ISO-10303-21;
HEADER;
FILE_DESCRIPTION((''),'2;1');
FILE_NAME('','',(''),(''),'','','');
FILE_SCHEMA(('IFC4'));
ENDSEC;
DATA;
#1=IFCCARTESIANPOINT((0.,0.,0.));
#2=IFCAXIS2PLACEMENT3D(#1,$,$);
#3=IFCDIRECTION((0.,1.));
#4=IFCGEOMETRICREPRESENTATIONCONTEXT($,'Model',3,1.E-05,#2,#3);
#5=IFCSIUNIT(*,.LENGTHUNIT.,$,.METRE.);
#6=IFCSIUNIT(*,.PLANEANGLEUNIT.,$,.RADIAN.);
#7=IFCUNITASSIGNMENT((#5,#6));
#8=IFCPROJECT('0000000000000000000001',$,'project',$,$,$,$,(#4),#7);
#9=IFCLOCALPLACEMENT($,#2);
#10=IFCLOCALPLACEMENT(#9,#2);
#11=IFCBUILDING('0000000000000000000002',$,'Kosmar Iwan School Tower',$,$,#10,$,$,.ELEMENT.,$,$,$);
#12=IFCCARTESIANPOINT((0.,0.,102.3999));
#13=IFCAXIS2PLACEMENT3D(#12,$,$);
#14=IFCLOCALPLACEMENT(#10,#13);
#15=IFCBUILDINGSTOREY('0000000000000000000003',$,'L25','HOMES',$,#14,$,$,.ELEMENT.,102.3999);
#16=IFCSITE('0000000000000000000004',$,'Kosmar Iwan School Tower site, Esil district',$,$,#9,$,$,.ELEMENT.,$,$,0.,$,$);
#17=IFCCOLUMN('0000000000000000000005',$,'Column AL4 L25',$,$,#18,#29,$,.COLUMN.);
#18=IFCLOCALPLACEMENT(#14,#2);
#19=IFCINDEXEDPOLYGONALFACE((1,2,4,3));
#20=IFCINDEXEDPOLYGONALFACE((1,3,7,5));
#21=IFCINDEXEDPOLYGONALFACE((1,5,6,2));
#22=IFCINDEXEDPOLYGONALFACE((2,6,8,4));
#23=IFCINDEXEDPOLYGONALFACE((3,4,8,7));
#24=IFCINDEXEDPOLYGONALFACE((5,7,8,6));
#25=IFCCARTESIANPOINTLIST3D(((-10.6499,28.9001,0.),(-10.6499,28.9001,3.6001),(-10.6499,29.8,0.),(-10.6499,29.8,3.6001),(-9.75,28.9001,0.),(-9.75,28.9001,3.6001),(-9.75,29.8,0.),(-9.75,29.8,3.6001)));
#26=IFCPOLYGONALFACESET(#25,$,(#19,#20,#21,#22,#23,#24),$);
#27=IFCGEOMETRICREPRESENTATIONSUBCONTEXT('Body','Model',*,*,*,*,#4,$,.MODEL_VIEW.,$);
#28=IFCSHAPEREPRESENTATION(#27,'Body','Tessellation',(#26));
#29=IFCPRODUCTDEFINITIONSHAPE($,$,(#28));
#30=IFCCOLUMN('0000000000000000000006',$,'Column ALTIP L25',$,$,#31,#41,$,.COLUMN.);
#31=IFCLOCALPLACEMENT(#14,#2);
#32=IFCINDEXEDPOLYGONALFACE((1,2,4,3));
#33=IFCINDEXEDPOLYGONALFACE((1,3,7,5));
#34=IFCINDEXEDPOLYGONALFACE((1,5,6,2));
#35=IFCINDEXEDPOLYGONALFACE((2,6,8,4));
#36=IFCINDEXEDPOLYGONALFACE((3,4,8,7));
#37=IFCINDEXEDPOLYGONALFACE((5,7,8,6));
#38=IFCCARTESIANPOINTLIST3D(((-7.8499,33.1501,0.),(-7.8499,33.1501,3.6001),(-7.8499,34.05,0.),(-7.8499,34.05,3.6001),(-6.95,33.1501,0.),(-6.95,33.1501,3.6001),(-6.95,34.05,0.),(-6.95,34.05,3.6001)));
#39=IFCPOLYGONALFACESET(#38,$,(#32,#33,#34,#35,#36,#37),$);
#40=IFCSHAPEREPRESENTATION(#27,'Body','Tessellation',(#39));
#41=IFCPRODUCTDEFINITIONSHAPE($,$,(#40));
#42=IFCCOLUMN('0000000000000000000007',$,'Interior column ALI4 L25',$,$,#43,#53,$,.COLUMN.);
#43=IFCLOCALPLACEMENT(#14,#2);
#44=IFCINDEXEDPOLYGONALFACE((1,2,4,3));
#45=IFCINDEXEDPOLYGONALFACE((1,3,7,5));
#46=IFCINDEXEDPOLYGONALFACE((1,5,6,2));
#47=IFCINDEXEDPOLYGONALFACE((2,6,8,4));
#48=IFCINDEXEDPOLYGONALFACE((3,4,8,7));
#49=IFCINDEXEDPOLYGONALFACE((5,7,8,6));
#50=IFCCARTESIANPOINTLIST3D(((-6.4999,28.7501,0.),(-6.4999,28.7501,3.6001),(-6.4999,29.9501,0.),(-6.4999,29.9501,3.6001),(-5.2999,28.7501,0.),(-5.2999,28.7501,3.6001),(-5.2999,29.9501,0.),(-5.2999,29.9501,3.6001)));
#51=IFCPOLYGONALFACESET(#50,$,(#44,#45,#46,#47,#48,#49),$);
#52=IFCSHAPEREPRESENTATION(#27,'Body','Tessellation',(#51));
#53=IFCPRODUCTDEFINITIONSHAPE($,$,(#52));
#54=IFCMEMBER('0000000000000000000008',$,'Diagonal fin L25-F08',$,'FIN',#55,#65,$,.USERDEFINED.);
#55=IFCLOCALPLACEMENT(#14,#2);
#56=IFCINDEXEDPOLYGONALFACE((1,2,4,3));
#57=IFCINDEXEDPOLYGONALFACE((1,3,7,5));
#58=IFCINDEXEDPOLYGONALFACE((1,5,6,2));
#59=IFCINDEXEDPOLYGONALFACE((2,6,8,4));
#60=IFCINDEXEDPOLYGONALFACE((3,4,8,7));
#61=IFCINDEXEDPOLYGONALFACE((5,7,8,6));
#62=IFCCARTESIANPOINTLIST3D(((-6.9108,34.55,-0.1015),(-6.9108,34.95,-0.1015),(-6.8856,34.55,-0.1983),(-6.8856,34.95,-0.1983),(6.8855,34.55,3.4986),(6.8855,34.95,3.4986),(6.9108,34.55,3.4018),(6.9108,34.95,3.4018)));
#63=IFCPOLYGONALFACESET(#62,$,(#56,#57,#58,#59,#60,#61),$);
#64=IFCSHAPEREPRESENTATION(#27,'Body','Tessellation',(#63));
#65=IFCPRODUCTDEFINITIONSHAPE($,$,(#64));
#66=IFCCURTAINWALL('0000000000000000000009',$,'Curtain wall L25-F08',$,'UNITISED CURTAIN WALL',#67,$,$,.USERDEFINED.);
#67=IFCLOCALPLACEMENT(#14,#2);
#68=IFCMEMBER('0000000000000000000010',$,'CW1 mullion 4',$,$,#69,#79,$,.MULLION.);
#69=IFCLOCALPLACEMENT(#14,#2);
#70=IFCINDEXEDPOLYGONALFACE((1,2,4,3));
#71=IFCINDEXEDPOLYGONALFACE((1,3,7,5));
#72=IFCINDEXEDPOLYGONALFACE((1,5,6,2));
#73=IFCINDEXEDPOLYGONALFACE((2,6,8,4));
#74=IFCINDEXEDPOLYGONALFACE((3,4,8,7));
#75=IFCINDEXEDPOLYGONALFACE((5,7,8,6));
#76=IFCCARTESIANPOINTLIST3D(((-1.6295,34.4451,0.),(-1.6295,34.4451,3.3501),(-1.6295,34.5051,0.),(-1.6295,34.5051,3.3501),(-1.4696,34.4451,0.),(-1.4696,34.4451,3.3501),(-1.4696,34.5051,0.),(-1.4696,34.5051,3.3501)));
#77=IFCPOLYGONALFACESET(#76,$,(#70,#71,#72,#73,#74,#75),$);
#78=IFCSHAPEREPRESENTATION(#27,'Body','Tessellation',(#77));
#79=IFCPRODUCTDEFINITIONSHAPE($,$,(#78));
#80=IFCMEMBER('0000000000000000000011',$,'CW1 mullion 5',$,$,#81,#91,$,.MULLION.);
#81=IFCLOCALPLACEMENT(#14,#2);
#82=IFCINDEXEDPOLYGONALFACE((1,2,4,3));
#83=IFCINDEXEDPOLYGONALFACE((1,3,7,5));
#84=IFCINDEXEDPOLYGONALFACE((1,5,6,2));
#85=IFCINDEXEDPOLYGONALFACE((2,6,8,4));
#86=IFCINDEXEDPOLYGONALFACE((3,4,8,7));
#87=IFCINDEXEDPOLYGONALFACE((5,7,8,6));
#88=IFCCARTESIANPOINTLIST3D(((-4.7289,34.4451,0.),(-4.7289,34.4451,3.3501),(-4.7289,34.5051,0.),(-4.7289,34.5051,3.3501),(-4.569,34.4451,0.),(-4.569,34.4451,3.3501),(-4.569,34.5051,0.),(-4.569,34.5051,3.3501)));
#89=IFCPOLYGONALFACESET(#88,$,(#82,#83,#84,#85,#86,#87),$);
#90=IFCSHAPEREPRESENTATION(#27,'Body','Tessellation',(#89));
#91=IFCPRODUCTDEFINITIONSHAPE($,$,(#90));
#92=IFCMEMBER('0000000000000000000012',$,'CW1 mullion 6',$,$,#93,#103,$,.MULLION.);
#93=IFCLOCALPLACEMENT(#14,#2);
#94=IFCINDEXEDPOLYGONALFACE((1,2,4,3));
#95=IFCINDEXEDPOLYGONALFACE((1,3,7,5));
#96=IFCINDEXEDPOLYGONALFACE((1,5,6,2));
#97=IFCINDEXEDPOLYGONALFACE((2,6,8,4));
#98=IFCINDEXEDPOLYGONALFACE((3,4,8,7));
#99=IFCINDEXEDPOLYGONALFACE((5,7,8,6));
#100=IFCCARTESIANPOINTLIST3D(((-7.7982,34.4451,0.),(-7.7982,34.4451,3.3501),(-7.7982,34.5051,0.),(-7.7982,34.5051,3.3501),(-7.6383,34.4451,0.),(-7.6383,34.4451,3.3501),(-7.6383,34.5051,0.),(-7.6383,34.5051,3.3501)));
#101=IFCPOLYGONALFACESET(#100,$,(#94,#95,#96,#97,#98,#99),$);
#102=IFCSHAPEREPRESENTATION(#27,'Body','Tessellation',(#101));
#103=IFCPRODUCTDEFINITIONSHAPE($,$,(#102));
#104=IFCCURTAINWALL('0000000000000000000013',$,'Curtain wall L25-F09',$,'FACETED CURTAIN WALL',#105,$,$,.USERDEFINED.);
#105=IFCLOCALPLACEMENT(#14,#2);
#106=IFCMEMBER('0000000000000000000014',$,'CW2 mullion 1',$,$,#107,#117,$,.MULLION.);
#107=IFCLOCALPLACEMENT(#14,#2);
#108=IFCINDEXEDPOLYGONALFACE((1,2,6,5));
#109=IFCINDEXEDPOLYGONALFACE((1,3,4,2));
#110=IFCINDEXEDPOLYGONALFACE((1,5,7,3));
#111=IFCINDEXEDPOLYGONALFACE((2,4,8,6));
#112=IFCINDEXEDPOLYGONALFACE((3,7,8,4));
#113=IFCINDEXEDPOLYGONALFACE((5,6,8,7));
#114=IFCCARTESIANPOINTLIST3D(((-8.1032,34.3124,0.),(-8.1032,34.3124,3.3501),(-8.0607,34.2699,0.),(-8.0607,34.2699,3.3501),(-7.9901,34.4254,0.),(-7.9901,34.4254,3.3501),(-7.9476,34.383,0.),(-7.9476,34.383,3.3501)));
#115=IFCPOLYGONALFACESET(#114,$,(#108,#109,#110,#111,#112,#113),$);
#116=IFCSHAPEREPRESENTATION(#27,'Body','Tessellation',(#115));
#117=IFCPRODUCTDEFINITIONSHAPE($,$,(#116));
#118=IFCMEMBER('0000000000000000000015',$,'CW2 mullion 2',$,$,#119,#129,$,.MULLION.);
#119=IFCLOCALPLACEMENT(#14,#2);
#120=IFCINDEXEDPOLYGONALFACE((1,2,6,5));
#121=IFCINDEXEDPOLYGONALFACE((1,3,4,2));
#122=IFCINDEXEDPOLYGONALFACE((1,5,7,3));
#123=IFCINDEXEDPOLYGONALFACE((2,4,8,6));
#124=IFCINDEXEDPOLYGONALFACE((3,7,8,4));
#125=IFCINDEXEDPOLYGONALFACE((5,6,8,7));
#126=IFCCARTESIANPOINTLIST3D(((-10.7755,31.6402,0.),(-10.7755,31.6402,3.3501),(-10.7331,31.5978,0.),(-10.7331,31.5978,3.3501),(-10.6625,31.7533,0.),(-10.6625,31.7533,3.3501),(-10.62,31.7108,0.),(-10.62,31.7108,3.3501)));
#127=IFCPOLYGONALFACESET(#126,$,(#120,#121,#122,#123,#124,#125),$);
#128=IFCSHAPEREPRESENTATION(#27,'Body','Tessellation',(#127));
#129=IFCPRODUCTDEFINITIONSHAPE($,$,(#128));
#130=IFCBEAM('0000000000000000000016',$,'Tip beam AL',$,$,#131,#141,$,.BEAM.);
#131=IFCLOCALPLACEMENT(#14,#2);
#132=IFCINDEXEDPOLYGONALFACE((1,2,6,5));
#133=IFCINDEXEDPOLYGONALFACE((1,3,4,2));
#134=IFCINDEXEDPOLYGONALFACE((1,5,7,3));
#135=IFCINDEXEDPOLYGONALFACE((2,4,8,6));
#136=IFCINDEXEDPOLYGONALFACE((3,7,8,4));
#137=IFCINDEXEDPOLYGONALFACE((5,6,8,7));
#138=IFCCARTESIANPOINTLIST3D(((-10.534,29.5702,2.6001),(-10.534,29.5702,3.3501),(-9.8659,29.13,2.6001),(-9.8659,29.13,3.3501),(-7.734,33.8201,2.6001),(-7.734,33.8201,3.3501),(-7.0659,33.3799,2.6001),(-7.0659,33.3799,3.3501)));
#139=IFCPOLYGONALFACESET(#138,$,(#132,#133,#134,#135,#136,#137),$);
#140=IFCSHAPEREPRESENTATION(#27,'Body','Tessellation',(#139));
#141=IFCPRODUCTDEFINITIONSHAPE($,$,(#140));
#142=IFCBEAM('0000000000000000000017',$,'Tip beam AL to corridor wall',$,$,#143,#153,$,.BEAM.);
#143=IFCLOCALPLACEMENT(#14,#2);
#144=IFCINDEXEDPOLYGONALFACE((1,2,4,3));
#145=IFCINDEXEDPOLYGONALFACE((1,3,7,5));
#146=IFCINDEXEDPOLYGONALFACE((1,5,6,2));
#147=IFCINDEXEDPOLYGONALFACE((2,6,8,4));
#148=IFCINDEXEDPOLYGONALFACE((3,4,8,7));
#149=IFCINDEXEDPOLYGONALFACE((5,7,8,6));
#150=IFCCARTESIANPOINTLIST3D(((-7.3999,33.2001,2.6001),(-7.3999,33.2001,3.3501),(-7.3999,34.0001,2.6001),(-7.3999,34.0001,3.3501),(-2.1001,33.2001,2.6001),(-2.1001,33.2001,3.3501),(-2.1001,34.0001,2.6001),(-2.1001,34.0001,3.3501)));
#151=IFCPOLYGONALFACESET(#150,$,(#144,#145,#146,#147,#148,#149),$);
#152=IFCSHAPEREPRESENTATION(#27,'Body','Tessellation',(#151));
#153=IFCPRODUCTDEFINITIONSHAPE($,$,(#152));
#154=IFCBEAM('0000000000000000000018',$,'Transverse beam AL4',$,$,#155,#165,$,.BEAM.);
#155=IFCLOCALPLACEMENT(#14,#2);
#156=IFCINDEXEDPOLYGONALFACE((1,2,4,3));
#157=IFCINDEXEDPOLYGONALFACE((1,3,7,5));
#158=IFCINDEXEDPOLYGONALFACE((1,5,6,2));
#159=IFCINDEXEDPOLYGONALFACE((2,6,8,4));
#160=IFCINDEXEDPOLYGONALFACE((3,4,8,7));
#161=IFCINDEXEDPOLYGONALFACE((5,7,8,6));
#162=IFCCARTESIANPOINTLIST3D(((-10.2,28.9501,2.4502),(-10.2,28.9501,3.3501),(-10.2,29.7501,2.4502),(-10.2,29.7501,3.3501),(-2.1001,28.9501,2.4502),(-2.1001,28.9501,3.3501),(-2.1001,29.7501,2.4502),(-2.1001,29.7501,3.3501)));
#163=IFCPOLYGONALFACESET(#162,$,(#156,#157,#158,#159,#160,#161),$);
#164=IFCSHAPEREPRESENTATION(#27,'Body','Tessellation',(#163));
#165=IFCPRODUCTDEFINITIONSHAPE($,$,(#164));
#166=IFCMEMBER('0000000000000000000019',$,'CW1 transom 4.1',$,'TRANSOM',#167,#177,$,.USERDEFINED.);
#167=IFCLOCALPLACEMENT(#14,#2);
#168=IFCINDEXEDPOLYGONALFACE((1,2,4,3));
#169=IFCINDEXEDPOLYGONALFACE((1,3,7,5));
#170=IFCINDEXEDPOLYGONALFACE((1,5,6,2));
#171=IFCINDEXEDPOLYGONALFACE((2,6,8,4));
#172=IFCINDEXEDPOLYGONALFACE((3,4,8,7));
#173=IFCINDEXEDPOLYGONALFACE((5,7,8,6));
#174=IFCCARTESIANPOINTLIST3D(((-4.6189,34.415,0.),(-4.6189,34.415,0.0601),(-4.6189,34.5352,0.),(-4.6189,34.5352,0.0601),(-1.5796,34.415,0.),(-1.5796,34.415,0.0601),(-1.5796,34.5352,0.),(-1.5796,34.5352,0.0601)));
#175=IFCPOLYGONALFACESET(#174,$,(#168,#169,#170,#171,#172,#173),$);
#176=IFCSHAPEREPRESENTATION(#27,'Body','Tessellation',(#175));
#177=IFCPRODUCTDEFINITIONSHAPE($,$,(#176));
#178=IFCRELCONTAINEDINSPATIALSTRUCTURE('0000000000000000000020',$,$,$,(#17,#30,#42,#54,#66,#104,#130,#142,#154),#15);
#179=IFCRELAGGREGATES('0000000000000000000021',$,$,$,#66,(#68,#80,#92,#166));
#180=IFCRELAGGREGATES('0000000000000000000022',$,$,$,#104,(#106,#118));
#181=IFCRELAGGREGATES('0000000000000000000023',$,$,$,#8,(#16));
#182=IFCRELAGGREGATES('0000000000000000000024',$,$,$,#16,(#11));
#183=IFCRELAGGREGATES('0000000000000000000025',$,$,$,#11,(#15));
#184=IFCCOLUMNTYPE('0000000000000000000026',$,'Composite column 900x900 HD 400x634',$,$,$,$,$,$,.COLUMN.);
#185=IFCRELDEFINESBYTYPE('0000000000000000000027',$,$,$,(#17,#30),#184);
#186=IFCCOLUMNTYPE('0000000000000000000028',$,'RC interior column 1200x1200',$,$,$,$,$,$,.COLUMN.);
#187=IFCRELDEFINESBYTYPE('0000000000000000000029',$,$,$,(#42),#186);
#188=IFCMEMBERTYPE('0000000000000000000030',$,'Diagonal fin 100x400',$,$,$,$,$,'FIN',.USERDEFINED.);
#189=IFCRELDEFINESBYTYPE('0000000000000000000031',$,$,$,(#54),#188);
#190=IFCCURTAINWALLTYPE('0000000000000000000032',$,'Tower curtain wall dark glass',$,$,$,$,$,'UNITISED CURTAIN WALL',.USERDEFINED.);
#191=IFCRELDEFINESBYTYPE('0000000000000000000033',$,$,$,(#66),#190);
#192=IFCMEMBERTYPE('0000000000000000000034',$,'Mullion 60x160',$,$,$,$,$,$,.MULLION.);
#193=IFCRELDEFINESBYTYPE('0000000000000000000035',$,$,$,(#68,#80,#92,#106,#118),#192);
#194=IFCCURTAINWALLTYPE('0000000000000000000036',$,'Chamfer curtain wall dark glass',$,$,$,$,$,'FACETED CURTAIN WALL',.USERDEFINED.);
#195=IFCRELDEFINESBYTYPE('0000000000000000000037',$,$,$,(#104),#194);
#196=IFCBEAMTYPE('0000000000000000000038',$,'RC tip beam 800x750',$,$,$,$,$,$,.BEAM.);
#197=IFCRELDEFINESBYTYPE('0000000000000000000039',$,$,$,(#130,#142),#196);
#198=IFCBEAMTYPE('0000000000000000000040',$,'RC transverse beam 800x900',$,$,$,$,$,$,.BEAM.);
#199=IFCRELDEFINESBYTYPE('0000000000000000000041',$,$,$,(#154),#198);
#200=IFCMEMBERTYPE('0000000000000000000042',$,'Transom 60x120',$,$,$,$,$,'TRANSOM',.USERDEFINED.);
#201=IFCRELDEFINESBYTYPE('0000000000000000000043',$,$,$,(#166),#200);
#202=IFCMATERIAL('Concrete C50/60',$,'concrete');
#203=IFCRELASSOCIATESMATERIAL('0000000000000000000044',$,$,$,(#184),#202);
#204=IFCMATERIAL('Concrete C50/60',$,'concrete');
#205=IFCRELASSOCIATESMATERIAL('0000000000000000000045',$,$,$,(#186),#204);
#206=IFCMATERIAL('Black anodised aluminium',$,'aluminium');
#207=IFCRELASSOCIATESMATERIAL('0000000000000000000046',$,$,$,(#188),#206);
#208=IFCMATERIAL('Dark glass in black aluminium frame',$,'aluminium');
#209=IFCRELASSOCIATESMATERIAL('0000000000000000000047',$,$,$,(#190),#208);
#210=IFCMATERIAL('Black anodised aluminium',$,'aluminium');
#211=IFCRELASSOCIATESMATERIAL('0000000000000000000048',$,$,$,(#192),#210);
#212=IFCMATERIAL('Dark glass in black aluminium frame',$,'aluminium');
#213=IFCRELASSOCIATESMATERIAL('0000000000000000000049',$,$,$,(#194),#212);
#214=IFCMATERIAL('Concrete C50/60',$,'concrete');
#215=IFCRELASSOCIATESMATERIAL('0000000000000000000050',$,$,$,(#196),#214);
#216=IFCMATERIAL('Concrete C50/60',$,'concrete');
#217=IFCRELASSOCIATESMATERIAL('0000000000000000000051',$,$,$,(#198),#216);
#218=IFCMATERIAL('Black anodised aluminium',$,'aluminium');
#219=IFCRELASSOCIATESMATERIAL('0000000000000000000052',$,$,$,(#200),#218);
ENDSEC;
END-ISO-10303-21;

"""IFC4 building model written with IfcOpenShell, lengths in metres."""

from ifc_helpers import new_model, si_unit, direction, frame, origin, origin_2d, place, context, subcontext, project, spatial, rectangle, extrude, material, material_profile, profile_set, type_object, element, aggregate, save


model = new_model("IFC4")

# Units and contexts
model_context = context("Model", 3, precision=1e-05, world=origin(), true_north=direction((0.0, 1.0)))
body_context = subcontext(model_context, "Body", "Model", "MODEL_VIEW")
ifc_project = project(units=[si_unit("LENGTHUNIT", "METRE"), si_unit("PLANEANGLEUNIT", "RADIAN")], contexts=[model_context])

# Site, building, storey
site_placement = place(None, origin())
site = spatial("IfcSite", under=ifc_project, at=site_placement, Name="Kosmar Iwan School Tower site, Esil district", CompositionType="ELEMENT", RefElevation=0.0)
building_placement = place(site_placement, origin())
building = spatial("IfcBuilding", under=site, at=building_placement, Name="Kosmar Iwan School Tower", CompositionType="ELEMENT")
storey_placement = place(building_placement, frame((0.0, 0.0, 102.3999)))
storey = spatial("IfcBuildingStorey", under=building, at=storey_placement, Name="L25", Description="HOMES", CompositionType="ELEMENT", Elevation=102.3999)

# Columns
ifc_material_1 = material(Name="Concrete C50/60", Category="concrete")
ifc_material_profile_1 = material_profile(ifc_material_1, rectangle(XDim=0.8999, YDim=0.8999, at=origin_2d()), Name="RC 900x900 + HD 400x634")
ifc_profile_set_1 = profile_set([ifc_material_profile_1], Name="Concrete C50/60")
column_type_1 = type_object("IfcColumnType", Name="Composite column 900x900 HD 400x634", PredefinedType="COLUMN", material=ifc_profile_set_1)
for number, where, z_axis, x_axis, name in (
    (1, (-10.2, 29.3501, 0.0), (0.0, 0.0, 1.0), (0.0, 1.0, 0.0), "Column AL4 L25"),
    (2, (-7.3999, 33.6001, 0.0), (0.0, 0.0, 1.0), (0.0, 1.0, 0.0), "Column ALTIP L25"),
):
    element("IfcColumn", number, at=place(storey_placement, frame(where, z_axis=z_axis, x_axis=x_axis)), inside=storey, type_object=column_type_1, Name=name, PredefinedType="COLUMN", context=body_context, shape_type="SweptSolid", body=[
        extrude(rectangle(XDim=0.8999, YDim=0.8999, at=origin_2d()), origin(), (0.0, 0.0, 1.0), 3.6001),
    ])
ifc_material_2 = material(Name="Concrete C50/60", Category="concrete")
ifc_material_profile_2 = material_profile(ifc_material_2, rectangle(XDim=1.2, YDim=1.2, at=origin_2d()), Name="RC 1200x1200")
ifc_profile_set_2 = profile_set([ifc_material_profile_2], Name="Concrete C50/60")
column_type_2 = type_object("IfcColumnType", Name="RC interior column 1200x1200", PredefinedType="COLUMN", material=ifc_profile_set_2)
column_placement = place(storey_placement, frame((-5.8999, 29.3501, 0.0), z_axis=(0.0, 0.0, 1.0), x_axis=(0.0, 1.0, 0.0)))
element("IfcColumn", 3, at=column_placement, inside=storey, type_object=column_type_2, Name="Interior column ALI4 L25", PredefinedType="COLUMN", context=body_context, shape_type="SweptSolid", body=[
    extrude(rectangle(XDim=1.2, YDim=1.2, at=origin_2d()), origin(), (0.0, 0.0, 1.0), 3.6001),
])

# Member
ifc_material_3 = material(Name="Black anodised aluminium", Category="aluminium")
ifc_material_profile_3 = material_profile(ifc_material_3, rectangle(XDim=0.1001, YDim=0.3999, at=origin_2d()), Name="FIN 100x400")
ifc_profile_set_3 = profile_set([ifc_material_profile_3], Name="Black anodised aluminium")
member_type_1 = type_object("IfcMemberType", Name="Diagonal fin 100x400", ElementType="FIN", PredefinedType="USERDEFINED", material=ifc_profile_set_3)
member_1_placement = place(storey_placement, frame((-6.8982, 34.75, -0.1499), z_axis=(0.967599, 0.0, 0.25249), x_axis=(-0.25249, 0.0, 0.967599)))
element("IfcMember", 4, at=member_1_placement, inside=storey, type_object=member_type_1, Name="Diagonal fin L25-F08", ObjectType="FIN", PredefinedType="USERDEFINED", context=body_context, shape_type="SweptSolid", body=[
    extrude(rectangle(XDim=0.1001, YDim=0.3999, at=origin_2d()), origin(), (0.0, 0.0, 1.0), 14.2583),
])

# Curtain walls, members
ifc_material_4 = material(Name="Dark glass in black aluminium frame", Category="aluminium")
curtain_wall_type_1 = type_object("IfcCurtainWallType", Name="Tower curtain wall dark glass", ElementType="UNITISED CURTAIN WALL", PredefinedType="USERDEFINED", material=ifc_material_4)
curtain_wall_1_placement = place(storey_placement, origin())
curtain_wall_1 = element("IfcCurtainWall", 5, at=curtain_wall_1_placement, inside=storey, type_object=curtain_wall_type_1, Name="Curtain wall L25-F08", ObjectType="UNITISED CURTAIN WALL", PredefinedType="USERDEFINED")
ifc_material_5 = material(Name="Black anodised aluminium", Category="aluminium")
ifc_material_profile_4 = material_profile(ifc_material_5, rectangle(XDim=0.0601, YDim=0.1599, at=origin_2d()), Name="MULLION 60x160")
ifc_profile_set_4 = profile_set([ifc_material_profile_4], Name="Black anodised aluminium")
member_type_2 = type_object("IfcMemberType", Name="Mullion 60x160", PredefinedType="MULLION", material=ifc_profile_set_4)
member_2_placement = place(storey_placement, frame((-1.5496, 34.4751, 0.0), z_axis=(0.0, 0.0, 1.0), x_axis=(0.0, -1.0, 0.0)))
member_2 = element("IfcMember", 6, at=member_2_placement, type_object=member_type_2, Name="CW1 mullion 4", PredefinedType="MULLION", context=body_context, shape_type="SweptSolid", body=[
    extrude(rectangle(XDim=0.0601, YDim=0.1599, at=origin_2d()), origin(), (0.0, 0.0, 1.0), 3.3501),
])
member_3_placement = place(storey_placement, frame((-4.6489, 34.4751, 0.0), z_axis=(0.0, 0.0, 1.0), x_axis=(0.0, -1.0, 0.0)))
member_3 = element("IfcMember", 7, at=member_3_placement, type_object=member_type_2, Name="CW1 mullion 5", PredefinedType="MULLION", context=body_context, shape_type="SweptSolid", body=[
    extrude(rectangle(XDim=0.0601, YDim=0.1599, at=origin_2d()), origin(), (0.0, 0.0, 1.0), 3.3501),
])
member_4_placement = place(storey_placement, frame((-7.7183, 34.4751, 0.0), z_axis=(0.0, 0.0, 1.0), x_axis=(0.0, -1.0, 0.0)))
member_4 = element("IfcMember", 8, at=member_4_placement, type_object=member_type_2, Name="CW1 mullion 6", PredefinedType="MULLION", context=body_context, shape_type="SweptSolid", body=[
    extrude(rectangle(XDim=0.0601, YDim=0.1599, at=origin_2d()), origin(), (0.0, 0.0, 1.0), 3.3501),
])
ifc_material_6 = material(Name="Dark glass in black aluminium frame", Category="aluminium")
curtain_wall_type_2 = type_object("IfcCurtainWallType", Name="Chamfer curtain wall dark glass", ElementType="FACETED CURTAIN WALL", PredefinedType="USERDEFINED", material=ifc_material_6)
curtain_wall_2_placement = place(storey_placement, origin())
curtain_wall_2 = element("IfcCurtainWall", 9, at=curtain_wall_2_placement, inside=storey, type_object=curtain_wall_type_2, Name="Curtain wall L25-F09", ObjectType="FACETED CURTAIN WALL", PredefinedType="USERDEFINED")
member_5_placement = place(storey_placement, frame((-8.0254, 34.3477, 0.0), z_axis=(0.0, 0.0, 1.0), x_axis=(0.707107, -0.707107, 0.0)))
member_5 = element("IfcMember", 10, at=member_5_placement, type_object=member_type_2, Name="CW2 mullion 1", PredefinedType="MULLION", context=body_context, shape_type="SweptSolid", body=[
    extrude(rectangle(XDim=0.0601, YDim=0.1599, at=origin_2d()), origin(), (0.0, 0.0, 1.0), 3.3501),
])
member_6_placement = place(storey_placement, frame((-10.6978, 31.6755, 0.0), z_axis=(0.0, 0.0, 1.0), x_axis=(0.707107, -0.707107, 0.0)))
member_6 = element("IfcMember", 11, at=member_6_placement, type_object=member_type_2, Name="CW2 mullion 2", PredefinedType="MULLION", context=body_context, shape_type="SweptSolid", body=[
    extrude(rectangle(XDim=0.0601, YDim=0.1599, at=origin_2d()), origin(), (0.0, 0.0, 1.0), 3.3501),
])

# Beams
ifc_material_7 = material(Name="Concrete C50/60", Category="concrete")
ifc_material_profile_5 = material_profile(ifc_material_7, rectangle(XDim=0.8, YDim=0.75, at=origin_2d()), Name="RC 800x750")
ifc_profile_set_5 = profile_set([ifc_material_profile_5], Name="Concrete C50/60")
beam_type_1 = type_object("IfcBeamType", Name="RC tip beam 800x750", PredefinedType="BEAM", material=ifc_profile_set_5)
beam_1_placement = place(storey_placement, frame((-10.2, 29.3501, 2.9751), z_axis=(0.550164, 0.835056, 0.0), x_axis=(-0.835056, 0.550164, 0.0)))
element("IfcBeam", 12, at=beam_1_placement, inside=storey, type_object=beam_type_1, Name="Tip beam AL", PredefinedType="BEAM", context=body_context, shape_type="SweptSolid", body=[
    extrude(rectangle(XDim=0.8, YDim=0.75, at=origin_2d()), origin(), (0.0, 0.0, 1.0), 5.0894),
])
beam_2_placement = place(storey_placement, frame((-7.3999, 33.6001, 2.9751), z_axis=(1.0, 0.0, 0.0), x_axis=(0.0, 1.0, 0.0)))
element("IfcBeam", 13, at=beam_2_placement, inside=storey, type_object=beam_type_1, Name="Tip beam AL to corridor wall", PredefinedType="BEAM", context=body_context, shape_type="SweptSolid", body=[
    extrude(rectangle(XDim=0.8, YDim=0.75, at=origin_2d()), origin(), (0.0, 0.0, 1.0), 5.2998),
])
ifc_material_8 = material(Name="Concrete C50/60", Category="concrete")
ifc_material_profile_6 = material_profile(ifc_material_8, rectangle(XDim=0.8, YDim=0.8999, at=origin_2d()), Name="RC 800x900")
ifc_profile_set_6 = profile_set([ifc_material_profile_6], Name="Concrete C50/60")
beam_type_2 = type_object("IfcBeamType", Name="RC transverse beam 800x900", PredefinedType="BEAM", material=ifc_profile_set_6)
beam_3_placement = place(storey_placement, frame((-10.2, 29.3501, 2.9001), z_axis=(1.0, 0.0, 0.0), x_axis=(0.0, 1.0, 0.0)))
element("IfcBeam", 14, at=beam_3_placement, inside=storey, type_object=beam_type_2, Name="Transverse beam AL4", PredefinedType="BEAM", context=body_context, shape_type="SweptSolid", body=[
    extrude(rectangle(XDim=0.8, YDim=0.8999, at=origin_2d()), origin(), (0.0, 0.0, 1.0), 8.0999),
])

# Member
ifc_material_9 = material(Name="Black anodised aluminium", Category="aluminium")
ifc_material_profile_7 = material_profile(ifc_material_9, rectangle(XDim=0.1201, YDim=0.0601, at=origin_2d()), Name="TRANSOM 60x120")
ifc_profile_set_7 = profile_set([ifc_material_profile_7], Name="Black anodised aluminium")
member_type_3 = type_object("IfcMemberType", Name="Transom 60x120", ElementType="TRANSOM", PredefinedType="USERDEFINED", material=ifc_profile_set_7)
member_7_placement = place(storey_placement, frame((-1.5796, 34.4751, 0.03), z_axis=(-1.0, 0.0, 0.0), x_axis=(0.0, -1.0, 0.0)))
member_7 = element("IfcMember", 15, at=member_7_placement, type_object=member_type_3, Name="CW1 transom 4.1", ObjectType="TRANSOM", PredefinedType="USERDEFINED", context=body_context, shape_type="SweptSolid", body=[
    extrude(rectangle(XDim=0.1201, YDim=0.0601, at=origin_2d()), origin(), (0.0, 0.0, 1.0), 3.0393),
])

aggregate(curtain_wall_1, [member_2, member_3, member_4, member_7])
aggregate(curtain_wall_2, [member_5, member_6])

save(model, "model.ifc")
